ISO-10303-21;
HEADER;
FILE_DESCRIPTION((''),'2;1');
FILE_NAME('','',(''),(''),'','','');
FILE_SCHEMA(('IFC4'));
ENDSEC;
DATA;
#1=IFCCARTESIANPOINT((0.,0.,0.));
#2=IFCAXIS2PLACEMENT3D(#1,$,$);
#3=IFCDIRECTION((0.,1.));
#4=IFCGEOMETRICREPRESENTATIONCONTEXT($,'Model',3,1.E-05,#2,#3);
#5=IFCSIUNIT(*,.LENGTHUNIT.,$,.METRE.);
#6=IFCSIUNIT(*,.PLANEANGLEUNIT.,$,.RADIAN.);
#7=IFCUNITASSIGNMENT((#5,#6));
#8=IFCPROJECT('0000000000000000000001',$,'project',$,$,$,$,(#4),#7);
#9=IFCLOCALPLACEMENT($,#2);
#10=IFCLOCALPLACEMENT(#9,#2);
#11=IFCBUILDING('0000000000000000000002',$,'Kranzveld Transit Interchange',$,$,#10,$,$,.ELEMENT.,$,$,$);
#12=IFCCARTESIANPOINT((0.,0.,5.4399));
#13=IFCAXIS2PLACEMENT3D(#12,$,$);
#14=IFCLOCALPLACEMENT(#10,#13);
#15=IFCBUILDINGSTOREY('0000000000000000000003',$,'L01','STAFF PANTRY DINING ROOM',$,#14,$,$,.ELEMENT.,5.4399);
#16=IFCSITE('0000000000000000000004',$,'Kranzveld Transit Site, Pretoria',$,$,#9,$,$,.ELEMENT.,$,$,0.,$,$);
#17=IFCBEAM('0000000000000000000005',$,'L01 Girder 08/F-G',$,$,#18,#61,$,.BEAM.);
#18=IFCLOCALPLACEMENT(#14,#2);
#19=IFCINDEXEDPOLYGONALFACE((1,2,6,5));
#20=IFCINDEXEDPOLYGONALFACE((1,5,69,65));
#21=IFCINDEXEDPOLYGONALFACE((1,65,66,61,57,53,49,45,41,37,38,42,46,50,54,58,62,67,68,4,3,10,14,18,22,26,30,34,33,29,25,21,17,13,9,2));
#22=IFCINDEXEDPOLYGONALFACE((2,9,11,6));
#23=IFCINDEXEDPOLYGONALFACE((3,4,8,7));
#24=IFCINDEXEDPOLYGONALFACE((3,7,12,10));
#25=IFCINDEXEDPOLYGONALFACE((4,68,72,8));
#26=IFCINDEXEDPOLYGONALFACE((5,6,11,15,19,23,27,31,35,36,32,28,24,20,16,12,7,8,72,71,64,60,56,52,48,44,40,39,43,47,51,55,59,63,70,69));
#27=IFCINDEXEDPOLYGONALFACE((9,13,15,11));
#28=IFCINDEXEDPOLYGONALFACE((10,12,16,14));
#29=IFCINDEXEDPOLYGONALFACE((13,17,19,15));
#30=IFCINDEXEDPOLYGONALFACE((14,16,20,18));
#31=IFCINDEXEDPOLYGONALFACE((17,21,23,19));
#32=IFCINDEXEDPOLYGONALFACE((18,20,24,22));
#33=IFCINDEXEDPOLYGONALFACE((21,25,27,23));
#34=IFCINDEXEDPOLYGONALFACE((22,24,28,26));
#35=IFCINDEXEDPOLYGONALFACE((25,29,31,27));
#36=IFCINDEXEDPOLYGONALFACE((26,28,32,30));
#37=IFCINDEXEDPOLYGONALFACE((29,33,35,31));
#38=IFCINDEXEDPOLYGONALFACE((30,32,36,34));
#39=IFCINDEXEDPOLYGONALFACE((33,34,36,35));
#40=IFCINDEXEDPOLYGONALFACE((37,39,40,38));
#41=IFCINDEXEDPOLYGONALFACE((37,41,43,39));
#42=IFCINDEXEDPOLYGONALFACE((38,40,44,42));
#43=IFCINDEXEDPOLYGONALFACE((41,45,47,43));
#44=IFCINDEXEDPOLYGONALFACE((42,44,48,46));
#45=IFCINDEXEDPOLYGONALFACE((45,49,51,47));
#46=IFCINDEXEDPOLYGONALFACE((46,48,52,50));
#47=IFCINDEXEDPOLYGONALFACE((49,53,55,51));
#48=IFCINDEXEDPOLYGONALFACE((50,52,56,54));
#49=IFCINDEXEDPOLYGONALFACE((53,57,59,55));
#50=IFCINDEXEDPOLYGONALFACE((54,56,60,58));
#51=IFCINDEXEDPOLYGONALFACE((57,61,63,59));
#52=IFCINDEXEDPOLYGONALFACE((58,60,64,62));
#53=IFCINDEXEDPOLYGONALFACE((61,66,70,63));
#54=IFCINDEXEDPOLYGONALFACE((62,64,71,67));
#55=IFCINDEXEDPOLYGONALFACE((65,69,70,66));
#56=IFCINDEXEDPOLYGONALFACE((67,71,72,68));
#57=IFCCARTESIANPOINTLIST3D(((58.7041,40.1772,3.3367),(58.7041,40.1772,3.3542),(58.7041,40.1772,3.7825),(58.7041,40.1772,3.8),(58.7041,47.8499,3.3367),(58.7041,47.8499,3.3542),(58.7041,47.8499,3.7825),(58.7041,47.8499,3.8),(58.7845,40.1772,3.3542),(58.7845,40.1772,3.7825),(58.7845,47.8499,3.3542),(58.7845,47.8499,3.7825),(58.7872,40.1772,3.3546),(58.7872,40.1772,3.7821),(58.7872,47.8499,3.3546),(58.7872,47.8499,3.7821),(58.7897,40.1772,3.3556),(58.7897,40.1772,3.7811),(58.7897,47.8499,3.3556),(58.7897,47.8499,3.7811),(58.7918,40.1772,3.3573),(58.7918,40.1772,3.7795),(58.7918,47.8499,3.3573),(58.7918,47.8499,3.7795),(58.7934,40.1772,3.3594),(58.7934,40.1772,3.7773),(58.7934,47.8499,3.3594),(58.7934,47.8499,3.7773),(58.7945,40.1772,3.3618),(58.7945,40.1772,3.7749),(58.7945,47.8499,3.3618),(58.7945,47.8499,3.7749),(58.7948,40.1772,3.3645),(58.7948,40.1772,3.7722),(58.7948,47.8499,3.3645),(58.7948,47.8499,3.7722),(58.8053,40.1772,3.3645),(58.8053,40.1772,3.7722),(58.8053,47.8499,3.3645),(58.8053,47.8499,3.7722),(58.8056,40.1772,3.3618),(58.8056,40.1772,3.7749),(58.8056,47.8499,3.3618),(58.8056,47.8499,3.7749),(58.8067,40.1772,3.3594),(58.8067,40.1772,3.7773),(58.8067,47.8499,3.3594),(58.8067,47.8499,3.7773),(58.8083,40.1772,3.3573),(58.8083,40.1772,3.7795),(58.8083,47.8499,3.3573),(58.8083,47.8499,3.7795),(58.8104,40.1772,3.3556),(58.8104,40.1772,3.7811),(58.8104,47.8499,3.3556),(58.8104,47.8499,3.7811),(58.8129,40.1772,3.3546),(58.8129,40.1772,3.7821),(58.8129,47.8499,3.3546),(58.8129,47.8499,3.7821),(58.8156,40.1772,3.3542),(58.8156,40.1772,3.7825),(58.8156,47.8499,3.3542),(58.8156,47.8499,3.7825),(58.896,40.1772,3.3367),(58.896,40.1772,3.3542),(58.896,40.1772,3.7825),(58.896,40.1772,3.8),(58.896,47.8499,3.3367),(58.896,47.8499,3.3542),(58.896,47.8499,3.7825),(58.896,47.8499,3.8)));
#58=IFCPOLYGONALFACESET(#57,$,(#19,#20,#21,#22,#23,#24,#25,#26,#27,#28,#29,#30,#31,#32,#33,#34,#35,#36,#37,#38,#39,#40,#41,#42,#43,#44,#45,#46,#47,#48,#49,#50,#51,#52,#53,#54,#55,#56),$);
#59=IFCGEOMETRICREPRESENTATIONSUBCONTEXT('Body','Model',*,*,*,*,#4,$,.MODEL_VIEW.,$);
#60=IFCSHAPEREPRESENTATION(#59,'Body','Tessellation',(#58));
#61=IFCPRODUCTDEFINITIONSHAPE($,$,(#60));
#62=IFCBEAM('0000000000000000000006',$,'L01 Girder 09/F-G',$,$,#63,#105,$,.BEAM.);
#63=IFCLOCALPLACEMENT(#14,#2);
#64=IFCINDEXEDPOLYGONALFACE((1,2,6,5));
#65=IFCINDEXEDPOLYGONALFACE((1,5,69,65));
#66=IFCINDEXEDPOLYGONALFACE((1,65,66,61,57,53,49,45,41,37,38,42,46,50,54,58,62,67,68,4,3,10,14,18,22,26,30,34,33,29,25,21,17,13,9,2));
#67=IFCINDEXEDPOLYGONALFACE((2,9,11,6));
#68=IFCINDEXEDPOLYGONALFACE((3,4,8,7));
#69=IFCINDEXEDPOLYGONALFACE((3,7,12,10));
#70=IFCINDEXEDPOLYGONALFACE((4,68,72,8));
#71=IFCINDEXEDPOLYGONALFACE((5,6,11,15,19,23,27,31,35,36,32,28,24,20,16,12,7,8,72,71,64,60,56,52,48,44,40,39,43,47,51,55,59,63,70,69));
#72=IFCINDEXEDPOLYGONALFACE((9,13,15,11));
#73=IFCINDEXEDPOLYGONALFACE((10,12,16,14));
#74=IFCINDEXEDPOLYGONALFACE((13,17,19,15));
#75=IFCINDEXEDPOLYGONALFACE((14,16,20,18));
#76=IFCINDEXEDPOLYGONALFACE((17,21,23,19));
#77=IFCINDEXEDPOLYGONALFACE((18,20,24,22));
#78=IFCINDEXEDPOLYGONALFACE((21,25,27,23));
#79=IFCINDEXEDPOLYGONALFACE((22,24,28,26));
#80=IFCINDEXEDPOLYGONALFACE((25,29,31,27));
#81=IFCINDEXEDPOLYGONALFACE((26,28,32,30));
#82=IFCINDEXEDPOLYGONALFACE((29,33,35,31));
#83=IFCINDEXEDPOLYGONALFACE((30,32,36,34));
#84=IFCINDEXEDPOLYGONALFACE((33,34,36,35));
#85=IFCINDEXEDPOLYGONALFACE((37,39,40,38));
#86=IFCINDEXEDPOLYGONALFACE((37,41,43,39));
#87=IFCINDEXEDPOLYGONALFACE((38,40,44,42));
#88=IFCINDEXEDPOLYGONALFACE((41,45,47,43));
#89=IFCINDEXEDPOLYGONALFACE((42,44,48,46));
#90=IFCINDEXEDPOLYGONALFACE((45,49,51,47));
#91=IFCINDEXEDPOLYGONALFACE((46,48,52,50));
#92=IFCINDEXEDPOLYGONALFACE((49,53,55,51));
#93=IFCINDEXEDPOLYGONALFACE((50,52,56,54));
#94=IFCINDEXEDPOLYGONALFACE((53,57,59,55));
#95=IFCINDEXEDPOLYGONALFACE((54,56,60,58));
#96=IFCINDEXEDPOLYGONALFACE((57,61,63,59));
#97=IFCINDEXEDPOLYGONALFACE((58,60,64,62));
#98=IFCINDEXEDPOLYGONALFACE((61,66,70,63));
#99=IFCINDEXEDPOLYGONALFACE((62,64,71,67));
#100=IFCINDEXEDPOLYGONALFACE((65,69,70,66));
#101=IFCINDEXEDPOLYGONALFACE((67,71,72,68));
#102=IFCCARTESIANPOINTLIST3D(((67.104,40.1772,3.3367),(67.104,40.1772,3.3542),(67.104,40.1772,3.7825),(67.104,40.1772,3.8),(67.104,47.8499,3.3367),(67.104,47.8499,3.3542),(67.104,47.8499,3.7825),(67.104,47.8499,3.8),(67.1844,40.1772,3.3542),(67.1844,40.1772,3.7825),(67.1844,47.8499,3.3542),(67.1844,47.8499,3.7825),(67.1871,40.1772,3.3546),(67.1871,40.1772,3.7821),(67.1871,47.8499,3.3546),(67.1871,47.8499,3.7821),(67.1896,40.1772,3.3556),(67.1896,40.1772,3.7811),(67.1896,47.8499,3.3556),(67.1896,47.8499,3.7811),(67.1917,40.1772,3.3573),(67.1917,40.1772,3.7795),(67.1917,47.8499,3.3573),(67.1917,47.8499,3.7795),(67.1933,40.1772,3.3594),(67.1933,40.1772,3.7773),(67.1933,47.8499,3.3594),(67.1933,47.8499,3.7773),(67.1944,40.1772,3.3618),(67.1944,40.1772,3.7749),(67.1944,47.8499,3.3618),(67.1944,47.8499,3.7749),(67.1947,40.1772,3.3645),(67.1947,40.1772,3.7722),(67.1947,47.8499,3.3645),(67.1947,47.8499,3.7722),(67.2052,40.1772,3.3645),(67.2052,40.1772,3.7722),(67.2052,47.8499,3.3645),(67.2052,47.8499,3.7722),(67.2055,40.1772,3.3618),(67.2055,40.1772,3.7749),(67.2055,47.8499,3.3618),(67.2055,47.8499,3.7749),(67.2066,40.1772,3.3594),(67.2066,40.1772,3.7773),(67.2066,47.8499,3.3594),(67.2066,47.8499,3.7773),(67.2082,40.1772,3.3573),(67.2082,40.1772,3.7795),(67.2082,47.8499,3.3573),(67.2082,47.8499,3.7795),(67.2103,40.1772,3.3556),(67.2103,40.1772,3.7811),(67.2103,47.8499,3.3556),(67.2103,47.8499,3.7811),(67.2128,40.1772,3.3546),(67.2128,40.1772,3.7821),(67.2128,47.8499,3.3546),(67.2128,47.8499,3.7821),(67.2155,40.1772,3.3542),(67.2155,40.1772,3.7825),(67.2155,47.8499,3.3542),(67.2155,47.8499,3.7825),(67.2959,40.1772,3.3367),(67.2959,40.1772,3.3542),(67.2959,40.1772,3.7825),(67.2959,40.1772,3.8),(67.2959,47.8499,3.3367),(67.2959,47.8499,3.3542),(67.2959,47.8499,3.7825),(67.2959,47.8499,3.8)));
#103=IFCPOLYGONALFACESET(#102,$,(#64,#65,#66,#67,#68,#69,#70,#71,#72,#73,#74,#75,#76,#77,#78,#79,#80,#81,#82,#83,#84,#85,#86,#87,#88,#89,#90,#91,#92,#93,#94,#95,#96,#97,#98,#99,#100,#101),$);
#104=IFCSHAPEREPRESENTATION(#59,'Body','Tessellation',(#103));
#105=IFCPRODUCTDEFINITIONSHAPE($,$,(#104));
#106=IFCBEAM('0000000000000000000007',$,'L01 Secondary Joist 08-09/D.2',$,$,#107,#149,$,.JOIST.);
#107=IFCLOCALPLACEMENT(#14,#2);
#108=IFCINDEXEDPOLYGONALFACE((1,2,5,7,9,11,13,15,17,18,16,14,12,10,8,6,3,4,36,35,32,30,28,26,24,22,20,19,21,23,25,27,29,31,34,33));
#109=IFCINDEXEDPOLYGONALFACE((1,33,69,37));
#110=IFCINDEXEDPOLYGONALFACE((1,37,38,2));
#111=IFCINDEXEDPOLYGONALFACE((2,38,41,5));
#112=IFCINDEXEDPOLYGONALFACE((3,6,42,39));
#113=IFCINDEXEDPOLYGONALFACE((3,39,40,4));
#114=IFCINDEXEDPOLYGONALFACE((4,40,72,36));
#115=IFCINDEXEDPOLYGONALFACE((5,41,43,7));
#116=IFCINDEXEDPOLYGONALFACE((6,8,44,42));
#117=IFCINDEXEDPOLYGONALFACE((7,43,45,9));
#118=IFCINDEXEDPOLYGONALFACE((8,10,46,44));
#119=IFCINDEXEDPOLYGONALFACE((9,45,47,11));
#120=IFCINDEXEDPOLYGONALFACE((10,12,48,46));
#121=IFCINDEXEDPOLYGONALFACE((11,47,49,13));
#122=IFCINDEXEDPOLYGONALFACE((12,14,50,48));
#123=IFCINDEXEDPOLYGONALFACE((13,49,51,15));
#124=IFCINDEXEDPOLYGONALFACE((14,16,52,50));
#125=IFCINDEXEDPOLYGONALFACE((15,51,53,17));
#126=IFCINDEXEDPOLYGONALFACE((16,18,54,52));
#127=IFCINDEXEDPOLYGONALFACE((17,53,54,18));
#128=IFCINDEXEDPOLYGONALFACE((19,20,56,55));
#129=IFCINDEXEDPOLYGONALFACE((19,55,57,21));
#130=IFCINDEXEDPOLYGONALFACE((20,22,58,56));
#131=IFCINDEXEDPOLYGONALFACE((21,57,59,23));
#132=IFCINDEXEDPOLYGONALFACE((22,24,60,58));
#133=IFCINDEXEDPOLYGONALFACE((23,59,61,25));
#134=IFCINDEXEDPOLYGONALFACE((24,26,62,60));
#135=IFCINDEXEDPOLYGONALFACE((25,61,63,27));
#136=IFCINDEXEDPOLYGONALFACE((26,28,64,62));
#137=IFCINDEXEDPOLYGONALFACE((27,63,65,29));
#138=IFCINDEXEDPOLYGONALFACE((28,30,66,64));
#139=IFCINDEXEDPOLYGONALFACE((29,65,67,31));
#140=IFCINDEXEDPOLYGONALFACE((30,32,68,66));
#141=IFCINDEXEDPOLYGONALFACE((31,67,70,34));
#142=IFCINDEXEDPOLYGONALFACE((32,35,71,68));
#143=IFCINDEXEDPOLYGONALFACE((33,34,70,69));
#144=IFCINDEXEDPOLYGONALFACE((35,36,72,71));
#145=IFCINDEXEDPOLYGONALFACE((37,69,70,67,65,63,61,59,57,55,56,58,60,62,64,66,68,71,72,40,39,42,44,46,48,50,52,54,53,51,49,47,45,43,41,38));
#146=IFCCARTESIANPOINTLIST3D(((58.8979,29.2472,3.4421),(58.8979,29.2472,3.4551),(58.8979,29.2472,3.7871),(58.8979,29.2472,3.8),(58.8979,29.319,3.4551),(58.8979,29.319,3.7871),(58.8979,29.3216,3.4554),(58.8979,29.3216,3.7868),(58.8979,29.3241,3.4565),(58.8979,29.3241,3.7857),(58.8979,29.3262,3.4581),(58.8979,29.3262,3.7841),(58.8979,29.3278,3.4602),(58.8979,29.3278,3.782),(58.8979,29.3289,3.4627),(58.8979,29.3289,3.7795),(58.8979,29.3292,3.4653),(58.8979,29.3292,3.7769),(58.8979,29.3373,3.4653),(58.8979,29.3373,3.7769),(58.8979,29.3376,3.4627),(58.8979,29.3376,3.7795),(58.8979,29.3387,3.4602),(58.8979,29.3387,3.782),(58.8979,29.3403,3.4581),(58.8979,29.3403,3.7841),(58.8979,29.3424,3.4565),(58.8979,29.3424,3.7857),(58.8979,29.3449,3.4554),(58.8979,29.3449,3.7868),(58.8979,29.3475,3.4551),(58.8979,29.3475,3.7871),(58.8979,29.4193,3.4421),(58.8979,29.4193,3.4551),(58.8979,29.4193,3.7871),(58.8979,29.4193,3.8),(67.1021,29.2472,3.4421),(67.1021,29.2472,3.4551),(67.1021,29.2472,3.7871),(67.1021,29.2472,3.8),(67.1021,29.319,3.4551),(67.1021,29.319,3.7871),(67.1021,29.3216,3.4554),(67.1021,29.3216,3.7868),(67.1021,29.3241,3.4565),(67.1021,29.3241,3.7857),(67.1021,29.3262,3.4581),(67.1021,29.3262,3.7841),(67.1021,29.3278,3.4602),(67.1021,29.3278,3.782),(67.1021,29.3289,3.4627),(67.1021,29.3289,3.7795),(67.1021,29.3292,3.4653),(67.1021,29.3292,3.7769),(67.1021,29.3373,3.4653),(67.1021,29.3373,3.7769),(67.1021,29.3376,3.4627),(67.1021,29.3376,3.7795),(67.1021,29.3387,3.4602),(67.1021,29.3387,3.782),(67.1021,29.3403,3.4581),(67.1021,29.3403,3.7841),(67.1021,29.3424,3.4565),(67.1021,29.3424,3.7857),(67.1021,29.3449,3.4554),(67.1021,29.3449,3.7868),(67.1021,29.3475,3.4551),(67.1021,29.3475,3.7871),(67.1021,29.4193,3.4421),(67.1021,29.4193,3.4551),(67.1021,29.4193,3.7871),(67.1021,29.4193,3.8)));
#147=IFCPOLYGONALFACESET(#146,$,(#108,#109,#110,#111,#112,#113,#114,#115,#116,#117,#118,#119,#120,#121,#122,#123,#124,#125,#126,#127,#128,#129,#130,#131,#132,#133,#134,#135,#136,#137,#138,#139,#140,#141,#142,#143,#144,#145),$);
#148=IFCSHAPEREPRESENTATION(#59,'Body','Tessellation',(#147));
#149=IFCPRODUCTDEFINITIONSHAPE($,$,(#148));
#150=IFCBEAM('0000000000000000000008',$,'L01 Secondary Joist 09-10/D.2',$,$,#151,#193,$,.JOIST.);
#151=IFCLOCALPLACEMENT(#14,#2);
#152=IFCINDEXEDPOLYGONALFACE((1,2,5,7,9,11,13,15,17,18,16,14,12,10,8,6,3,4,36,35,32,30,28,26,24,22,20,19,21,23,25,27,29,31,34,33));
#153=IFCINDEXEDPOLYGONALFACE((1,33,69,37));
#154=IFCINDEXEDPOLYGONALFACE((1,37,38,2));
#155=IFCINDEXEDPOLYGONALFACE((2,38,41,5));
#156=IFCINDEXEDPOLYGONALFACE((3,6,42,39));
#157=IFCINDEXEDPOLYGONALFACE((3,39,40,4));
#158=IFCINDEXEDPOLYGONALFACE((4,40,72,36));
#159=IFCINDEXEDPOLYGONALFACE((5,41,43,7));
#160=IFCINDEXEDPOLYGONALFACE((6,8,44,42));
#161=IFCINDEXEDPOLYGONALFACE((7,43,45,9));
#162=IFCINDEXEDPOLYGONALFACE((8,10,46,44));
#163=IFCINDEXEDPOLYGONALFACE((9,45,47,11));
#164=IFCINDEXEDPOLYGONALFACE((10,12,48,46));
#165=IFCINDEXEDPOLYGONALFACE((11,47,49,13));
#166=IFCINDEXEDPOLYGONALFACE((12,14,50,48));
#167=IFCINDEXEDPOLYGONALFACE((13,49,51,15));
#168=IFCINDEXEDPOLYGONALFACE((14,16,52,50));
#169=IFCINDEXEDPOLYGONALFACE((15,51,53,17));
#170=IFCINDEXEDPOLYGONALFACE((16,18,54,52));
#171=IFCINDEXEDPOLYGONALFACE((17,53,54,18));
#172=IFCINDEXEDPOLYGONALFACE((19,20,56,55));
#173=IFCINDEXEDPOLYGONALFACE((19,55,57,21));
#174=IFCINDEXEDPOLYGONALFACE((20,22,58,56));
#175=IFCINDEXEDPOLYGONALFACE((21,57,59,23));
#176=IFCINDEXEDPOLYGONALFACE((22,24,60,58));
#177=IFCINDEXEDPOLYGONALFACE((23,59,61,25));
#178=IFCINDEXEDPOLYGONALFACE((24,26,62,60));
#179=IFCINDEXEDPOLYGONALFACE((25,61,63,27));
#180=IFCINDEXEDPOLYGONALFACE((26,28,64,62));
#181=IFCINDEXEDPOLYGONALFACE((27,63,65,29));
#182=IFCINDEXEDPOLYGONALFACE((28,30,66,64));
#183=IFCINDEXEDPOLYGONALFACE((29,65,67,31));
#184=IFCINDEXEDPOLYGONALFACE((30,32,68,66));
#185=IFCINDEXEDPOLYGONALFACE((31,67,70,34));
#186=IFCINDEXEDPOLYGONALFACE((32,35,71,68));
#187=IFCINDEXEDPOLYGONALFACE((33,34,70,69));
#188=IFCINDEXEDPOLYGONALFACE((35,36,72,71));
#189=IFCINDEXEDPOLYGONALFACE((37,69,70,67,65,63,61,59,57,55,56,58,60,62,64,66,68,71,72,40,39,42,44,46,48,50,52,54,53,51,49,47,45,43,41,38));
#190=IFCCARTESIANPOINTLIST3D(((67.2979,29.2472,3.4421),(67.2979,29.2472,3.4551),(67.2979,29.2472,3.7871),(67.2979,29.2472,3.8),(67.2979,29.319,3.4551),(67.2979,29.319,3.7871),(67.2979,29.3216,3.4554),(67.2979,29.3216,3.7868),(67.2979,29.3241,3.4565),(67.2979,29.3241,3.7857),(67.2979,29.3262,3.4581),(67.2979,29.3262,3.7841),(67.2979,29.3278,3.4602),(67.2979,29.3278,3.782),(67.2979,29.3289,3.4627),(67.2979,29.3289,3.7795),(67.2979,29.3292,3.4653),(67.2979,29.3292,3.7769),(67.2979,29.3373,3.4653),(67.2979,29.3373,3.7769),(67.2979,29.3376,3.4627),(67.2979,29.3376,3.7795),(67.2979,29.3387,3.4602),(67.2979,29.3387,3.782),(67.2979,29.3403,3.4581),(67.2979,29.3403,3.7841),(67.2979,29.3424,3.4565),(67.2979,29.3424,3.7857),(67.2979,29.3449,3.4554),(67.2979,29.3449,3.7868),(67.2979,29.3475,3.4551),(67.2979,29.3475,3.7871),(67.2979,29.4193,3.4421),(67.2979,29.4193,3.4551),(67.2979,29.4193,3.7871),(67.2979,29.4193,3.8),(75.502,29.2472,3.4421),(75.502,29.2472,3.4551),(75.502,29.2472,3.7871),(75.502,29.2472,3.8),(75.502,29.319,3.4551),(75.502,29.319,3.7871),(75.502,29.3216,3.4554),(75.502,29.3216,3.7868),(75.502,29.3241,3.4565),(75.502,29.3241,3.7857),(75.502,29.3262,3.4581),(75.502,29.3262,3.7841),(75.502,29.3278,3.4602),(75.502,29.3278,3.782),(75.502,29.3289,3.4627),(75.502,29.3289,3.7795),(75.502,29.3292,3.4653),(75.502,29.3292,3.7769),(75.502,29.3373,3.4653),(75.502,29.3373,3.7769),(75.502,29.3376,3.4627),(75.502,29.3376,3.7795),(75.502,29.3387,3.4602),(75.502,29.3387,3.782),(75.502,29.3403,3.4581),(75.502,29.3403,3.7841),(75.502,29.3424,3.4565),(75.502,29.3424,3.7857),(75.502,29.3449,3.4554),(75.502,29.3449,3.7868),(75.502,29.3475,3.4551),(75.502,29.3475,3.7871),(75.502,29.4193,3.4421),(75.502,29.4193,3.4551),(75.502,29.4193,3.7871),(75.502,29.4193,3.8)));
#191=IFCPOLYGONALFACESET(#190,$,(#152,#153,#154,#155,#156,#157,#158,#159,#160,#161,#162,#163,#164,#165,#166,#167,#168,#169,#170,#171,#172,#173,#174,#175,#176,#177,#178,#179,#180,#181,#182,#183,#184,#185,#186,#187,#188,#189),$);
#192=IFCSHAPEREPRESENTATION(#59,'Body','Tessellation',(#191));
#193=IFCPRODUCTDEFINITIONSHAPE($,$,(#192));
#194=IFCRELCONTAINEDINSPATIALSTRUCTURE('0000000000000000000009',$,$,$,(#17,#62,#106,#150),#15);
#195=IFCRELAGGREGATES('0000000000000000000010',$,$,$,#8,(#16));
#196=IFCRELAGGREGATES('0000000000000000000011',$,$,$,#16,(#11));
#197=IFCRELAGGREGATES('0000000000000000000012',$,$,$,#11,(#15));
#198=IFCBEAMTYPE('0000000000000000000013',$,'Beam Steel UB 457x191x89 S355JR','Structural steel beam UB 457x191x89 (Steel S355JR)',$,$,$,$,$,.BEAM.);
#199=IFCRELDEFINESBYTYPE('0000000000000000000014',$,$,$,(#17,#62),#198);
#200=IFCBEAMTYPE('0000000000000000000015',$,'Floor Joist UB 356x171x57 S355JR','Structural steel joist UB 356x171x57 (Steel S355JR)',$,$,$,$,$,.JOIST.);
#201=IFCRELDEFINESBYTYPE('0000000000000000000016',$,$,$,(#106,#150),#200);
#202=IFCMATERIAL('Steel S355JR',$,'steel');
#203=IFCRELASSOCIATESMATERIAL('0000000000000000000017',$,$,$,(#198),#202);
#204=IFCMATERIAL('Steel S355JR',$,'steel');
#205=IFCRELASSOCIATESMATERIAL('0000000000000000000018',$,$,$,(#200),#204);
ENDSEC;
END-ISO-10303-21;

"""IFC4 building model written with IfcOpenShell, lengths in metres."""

from ifc_helpers import new_model, si_unit, direction, frame, origin, origin_2d, place, context, subcontext, project, spatial, i_section, extrude, material, material_profile, profile_set, type_object, element, save


model = new_model("IFC4")

# Units and contexts
model_context = context("Model", 3, precision=1e-05, world=origin(), true_north=direction((0.0, 1.0)))
body_context = subcontext(model_context, "Body", "Model", "MODEL_VIEW")
ifc_project = project(units=[si_unit("LENGTHUNIT", "METRE"), si_unit("PLANEANGLEUNIT", "RADIAN")], contexts=[model_context])

# Site, building, storey
site_placement = place(None, origin())
site = spatial("IfcSite", under=ifc_project, at=site_placement, Name="Kranzveld Transit Site, Pretoria", CompositionType="ELEMENT", RefElevation=0.0)
building_placement = place(site_placement, origin())
building = spatial("IfcBuilding", under=site, at=building_placement, Name="Kranzveld Transit Interchange", CompositionType="ELEMENT")
storey_placement = place(building_placement, frame((0.0, 0.0, 5.4399)))
storey = spatial("IfcBuildingStorey", under=building, at=storey_placement, Name="L01", Description="STAFF PANTRY DINING ROOM", CompositionType="ELEMENT", Elevation=5.4399)

# Beams
ifc_material_1 = material(Name="Steel S355JR", Category="steel")
ifc_material_profile_1 = material_profile(ifc_material_1, i_section(OverallWidth=0.1919, OverallDepth=0.4634, WebThickness=0.0105, FlangeThickness=0.0176, FilletRadius=0.0103, at=origin_2d()), Name="UB 457x191x89")
ifc_profile_set_1 = profile_set([ifc_material_profile_1], Name="Steel S355JR")
beam_type_1 = type_object("IfcBeamType", Name="Beam Steel UB 457x191x89 S355JR", Description="Structural steel beam UB 457x191x89 (Steel S355JR)", PredefinedType="BEAM", material=ifc_profile_set_1)
for number, where, z_axis, x_axis, name in (
    (1, (58.8, 40.1772, 3.5684), (0.0, 1.0, 0.0), (-1.0, 0.0, 0.0), "L01 Girder 08/F-G"),
    (2, (67.2, 40.1772, 3.5684), (0.0, 1.0, 0.0), (-1.0, 0.0, 0.0), "L01 Girder 09/F-G"),
):
    element("IfcBeam", number, at=place(storey_placement, frame(where, z_axis=z_axis, x_axis=x_axis)), inside=storey, type_object=beam_type_1, Name=name, PredefinedType="BEAM", context=body_context, shape_type="SweptSolid", body=[
        extrude(i_section(OverallWidth=0.1919, OverallDepth=0.4634, WebThickness=0.0105, FlangeThickness=0.0176, FilletRadius=0.0103, at=origin_2d()), origin(), (0.0, 0.0, 1.0), 7.6726),
    ])
ifc_material_2 = material(Name="Steel S355JR", Category="steel")
ifc_material_profile_2 = material_profile(ifc_material_2, i_section(OverallWidth=0.1721, OverallDepth=0.3579, WebThickness=0.0081, FlangeThickness=0.0129, FilletRadius=0.0103, at=origin_2d()), Name="UB 356x171x57")
ifc_profile_set_2 = profile_set([ifc_material_profile_2], Name="Steel S355JR")
beam_type_2 = type_object("IfcBeamType", Name="Floor Joist UB 356x171x57 S355JR", Description="Structural steel joist UB 356x171x57 (Steel S355JR)", PredefinedType="JOIST", material=ifc_profile_set_2)
for number, where, z_axis, x_axis, name in (
    (3, (58.8979, 29.3333, 3.6211), (1.0, 0.0, 0.0), (0.0, 1.0, 0.0), "L01 Secondary Joist 08-09/D.2"),
    (4, (67.2979, 29.3333, 3.6211), (1.0, 0.0, 0.0), (0.0, 1.0, 0.0), "L01 Secondary Joist 09-10/D.2"),
):
    element("IfcBeam", number, at=place(storey_placement, frame(where, z_axis=z_axis, x_axis=x_axis)), inside=storey, type_object=beam_type_2, Name=name, PredefinedType="JOIST", context=body_context, shape_type="SweptSolid", body=[
        extrude(i_section(OverallWidth=0.1721, OverallDepth=0.3579, WebThickness=0.0081, FlangeThickness=0.0129, FilletRadius=0.0103, at=origin_2d()), origin(), (0.0, 0.0, 1.0), 8.2041),
    ])

save(model, "model.ifc")
